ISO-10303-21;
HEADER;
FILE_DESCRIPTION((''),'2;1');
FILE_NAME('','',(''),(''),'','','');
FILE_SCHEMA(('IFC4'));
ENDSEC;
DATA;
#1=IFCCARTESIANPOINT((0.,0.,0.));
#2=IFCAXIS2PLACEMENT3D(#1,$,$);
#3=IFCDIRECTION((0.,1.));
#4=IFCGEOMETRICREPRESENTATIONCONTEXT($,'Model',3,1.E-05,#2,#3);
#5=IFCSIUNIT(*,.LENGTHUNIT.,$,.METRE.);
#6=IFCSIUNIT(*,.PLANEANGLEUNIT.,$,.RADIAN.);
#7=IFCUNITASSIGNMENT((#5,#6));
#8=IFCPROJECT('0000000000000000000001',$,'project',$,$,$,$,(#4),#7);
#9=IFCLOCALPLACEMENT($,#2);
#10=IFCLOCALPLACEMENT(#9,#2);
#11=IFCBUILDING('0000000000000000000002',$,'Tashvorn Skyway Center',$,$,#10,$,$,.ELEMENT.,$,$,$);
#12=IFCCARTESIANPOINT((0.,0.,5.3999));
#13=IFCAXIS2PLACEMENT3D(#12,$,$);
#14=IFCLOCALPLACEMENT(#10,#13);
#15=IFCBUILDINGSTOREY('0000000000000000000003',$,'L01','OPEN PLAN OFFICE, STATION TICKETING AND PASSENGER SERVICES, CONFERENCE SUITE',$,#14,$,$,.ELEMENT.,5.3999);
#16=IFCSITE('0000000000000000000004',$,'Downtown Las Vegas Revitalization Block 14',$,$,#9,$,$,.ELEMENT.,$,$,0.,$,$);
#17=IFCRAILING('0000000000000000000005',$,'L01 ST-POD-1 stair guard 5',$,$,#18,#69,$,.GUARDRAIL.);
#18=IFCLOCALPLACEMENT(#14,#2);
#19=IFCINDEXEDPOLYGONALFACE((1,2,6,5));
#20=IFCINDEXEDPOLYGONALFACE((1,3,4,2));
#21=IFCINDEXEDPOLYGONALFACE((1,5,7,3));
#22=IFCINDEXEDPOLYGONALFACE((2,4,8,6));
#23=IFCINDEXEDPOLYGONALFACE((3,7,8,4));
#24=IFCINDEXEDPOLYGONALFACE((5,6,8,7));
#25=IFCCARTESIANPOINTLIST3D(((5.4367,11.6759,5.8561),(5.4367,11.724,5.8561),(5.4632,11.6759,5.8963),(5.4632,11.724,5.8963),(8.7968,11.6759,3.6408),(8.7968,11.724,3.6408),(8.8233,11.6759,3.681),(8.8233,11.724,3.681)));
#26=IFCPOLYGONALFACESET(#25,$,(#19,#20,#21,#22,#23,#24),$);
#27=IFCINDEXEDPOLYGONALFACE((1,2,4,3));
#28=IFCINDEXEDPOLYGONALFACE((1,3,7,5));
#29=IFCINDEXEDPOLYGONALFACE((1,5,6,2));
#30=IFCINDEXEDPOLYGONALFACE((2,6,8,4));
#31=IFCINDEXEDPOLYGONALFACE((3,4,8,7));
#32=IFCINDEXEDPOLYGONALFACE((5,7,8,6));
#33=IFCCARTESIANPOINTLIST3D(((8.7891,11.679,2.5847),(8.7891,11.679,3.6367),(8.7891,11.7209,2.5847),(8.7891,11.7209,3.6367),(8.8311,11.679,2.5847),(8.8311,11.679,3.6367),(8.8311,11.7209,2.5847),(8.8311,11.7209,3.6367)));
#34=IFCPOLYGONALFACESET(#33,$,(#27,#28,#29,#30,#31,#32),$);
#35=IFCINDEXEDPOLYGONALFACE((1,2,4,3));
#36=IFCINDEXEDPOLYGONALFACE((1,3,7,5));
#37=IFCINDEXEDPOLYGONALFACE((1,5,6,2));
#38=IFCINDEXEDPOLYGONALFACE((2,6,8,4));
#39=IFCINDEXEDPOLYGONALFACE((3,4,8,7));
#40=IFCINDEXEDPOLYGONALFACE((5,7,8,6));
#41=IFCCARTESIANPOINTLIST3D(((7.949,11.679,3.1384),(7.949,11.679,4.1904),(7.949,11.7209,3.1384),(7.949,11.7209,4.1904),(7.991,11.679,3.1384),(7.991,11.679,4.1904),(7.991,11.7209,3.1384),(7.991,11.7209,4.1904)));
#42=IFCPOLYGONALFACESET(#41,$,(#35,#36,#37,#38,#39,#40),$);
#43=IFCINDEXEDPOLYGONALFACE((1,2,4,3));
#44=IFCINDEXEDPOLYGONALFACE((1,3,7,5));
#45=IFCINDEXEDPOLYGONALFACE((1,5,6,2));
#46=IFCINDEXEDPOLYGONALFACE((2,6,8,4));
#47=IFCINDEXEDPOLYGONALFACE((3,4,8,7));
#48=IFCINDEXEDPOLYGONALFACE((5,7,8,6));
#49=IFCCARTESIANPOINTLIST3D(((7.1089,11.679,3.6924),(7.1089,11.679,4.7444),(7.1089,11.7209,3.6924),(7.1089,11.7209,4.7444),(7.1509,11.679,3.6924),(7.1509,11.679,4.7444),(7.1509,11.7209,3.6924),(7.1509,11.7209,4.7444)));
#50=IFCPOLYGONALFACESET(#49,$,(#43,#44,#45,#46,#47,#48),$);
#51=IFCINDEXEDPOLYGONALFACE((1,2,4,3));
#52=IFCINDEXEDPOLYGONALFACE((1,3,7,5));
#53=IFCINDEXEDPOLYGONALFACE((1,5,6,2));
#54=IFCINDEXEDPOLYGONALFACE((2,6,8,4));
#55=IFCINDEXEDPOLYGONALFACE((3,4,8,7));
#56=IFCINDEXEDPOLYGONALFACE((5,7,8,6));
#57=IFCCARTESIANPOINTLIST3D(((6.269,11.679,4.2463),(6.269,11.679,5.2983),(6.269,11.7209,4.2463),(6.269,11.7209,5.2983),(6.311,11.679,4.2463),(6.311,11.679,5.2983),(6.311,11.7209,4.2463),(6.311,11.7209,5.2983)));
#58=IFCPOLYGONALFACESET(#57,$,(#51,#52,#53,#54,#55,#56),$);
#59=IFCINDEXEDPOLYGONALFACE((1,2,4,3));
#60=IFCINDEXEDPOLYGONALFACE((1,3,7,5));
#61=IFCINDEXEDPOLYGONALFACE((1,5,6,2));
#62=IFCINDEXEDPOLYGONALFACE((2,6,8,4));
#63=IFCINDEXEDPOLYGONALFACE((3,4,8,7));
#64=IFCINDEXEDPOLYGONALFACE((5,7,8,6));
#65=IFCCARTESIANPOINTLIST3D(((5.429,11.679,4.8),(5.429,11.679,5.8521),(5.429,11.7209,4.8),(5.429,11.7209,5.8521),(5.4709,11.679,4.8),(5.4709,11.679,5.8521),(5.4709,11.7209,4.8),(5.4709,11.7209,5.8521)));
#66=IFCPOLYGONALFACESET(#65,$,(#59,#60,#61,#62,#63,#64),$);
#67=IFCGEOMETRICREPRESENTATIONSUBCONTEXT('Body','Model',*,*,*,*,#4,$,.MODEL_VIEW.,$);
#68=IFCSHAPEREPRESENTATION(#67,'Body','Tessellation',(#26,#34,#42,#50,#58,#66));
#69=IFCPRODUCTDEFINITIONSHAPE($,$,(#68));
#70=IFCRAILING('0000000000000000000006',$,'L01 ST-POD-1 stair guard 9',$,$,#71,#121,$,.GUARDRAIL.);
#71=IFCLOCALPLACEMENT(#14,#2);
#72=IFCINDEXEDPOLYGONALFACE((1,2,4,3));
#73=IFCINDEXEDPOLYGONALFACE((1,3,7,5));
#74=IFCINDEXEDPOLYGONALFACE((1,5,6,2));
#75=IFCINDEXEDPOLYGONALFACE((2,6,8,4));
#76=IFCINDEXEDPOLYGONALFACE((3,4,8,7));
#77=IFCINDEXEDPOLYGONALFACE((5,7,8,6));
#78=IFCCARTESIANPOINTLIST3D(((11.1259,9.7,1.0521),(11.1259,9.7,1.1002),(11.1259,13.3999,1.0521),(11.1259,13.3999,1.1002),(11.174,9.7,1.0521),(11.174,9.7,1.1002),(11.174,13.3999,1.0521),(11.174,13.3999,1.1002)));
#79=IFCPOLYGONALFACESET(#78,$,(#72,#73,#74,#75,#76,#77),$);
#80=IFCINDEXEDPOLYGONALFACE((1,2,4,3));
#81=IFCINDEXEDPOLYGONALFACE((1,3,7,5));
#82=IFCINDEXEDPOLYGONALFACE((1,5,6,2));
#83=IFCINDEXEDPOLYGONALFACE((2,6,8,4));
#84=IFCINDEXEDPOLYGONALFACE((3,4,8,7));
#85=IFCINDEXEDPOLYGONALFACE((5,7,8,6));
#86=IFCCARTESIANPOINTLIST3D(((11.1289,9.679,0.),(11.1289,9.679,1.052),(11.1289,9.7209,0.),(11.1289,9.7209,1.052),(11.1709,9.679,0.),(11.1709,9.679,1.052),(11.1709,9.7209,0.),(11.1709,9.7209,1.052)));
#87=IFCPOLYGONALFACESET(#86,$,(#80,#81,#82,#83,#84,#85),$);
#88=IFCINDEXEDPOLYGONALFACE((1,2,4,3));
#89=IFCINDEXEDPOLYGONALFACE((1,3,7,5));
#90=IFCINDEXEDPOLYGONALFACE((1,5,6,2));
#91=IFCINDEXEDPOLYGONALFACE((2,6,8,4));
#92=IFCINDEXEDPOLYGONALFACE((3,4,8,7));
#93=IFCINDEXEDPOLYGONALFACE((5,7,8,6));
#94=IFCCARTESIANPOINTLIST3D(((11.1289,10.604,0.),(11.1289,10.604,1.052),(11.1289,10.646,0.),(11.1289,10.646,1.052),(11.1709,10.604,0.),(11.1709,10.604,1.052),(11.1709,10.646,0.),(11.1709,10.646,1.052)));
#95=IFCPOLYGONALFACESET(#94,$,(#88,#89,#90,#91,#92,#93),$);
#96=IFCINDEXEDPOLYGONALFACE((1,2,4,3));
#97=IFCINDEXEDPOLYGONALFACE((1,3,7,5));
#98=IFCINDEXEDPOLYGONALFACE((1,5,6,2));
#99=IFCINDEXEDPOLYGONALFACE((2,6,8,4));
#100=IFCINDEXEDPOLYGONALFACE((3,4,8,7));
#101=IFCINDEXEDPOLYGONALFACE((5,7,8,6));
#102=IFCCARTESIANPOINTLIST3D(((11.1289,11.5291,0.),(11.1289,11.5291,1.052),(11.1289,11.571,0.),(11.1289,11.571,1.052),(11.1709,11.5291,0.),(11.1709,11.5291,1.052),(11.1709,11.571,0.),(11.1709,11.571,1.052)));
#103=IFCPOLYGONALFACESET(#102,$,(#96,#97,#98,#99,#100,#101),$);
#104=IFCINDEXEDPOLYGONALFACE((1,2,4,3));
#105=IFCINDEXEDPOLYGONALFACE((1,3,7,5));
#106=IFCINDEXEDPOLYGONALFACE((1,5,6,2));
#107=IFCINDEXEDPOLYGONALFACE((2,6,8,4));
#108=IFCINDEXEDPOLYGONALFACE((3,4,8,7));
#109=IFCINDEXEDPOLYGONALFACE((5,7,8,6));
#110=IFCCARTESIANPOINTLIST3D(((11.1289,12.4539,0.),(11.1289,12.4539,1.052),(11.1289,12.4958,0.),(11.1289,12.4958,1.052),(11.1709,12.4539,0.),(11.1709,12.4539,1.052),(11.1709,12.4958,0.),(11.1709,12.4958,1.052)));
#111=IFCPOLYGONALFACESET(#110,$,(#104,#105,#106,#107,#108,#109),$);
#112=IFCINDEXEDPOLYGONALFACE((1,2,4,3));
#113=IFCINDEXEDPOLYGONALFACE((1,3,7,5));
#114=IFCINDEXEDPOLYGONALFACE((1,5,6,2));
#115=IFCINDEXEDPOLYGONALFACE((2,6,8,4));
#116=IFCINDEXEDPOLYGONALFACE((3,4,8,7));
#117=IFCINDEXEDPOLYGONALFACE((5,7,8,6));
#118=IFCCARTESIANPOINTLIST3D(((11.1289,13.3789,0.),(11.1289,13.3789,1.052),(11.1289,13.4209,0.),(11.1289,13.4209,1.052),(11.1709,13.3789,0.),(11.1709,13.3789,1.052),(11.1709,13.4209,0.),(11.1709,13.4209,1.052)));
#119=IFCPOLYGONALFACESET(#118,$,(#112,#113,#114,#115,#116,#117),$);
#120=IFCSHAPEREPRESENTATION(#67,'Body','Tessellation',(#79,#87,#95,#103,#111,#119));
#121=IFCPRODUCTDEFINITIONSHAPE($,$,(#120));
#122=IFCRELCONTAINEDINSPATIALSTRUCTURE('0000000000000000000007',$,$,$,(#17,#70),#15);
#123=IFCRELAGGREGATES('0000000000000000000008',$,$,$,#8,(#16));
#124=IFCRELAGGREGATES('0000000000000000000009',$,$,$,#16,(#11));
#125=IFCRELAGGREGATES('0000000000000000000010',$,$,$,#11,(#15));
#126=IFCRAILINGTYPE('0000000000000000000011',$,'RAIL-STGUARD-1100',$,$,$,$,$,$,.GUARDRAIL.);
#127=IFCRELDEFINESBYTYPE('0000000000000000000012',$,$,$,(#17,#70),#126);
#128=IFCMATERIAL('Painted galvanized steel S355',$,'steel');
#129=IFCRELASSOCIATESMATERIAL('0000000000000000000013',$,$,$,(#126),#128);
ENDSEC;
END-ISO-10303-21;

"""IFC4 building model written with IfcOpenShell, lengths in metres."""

from ifc_helpers import new_model, si_unit, direction, frame, origin, origin_2d, place, context, subcontext, project, spatial, rectangle, extrude, material, type_object, element, save


model = new_model("IFC4")

# Units and contexts
model_context = context("Model", 3, precision=1e-05, world=origin(), true_north=direction((0.0, 1.0)))
body_context = subcontext(model_context, "Body", "Model", "MODEL_VIEW")
ifc_project = project(units=[si_unit("LENGTHUNIT", "METRE"), si_unit("PLANEANGLEUNIT", "RADIAN")], contexts=[model_context])

# Site, building, storey
site_placement = place(None, origin())
site = spatial("IfcSite", under=ifc_project, at=site_placement, Name="Downtown Las Vegas Revitalization Block 14", CompositionType="ELEMENT", RefElevation=0.0)
building_placement = place(site_placement, origin())
building = spatial("IfcBuilding", under=site, at=building_placement, Name="Tashvorn Skyway Center", CompositionType="ELEMENT")
storey_placement = place(building_placement, frame((0.0, 0.0, 5.3999)))
storey = spatial("IfcBuildingStorey", under=building, at=storey_placement, Name="L01", Description="OPEN PLAN OFFICE, STATION TICKETING AND PASSENGER SERVICES, CONFERENCE SUITE", CompositionType="ELEMENT", Elevation=5.3999)

# Railings
ifc_material_1 = material(Name="Painted galvanized steel S355", Category="steel")
railing_type_1 = type_object("IfcRailingType", Name="RAIL-STGUARD-1100", PredefinedType="GUARDRAIL", material=ifc_material_1)
railing_1_placement = place(storey_placement, frame((8.8101, 11.7, 2.5847)))
element("IfcRailing", 1, at=railing_1_placement, inside=storey, type_object=railing_type_1, Name="L01 ST-POD-1 stair guard 5", PredefinedType="GUARDRAIL", context=body_context, shape_type="SweptSolid", body=[
    extrude(rectangle(XDim=0.0481, YDim=0.0481, at=origin_2d()), frame((0.0, 0.0, 1.0762), z_axis=(-0.834876, 0.0, 0.550437), x_axis=(0.0, -1.0, 0.0)), (0.0, 0.0, 1.0), 4.0247),
    extrude(rectangle(XDim=0.042, YDim=0.042, at=origin_2d()), origin(), (0.0, 0.0, 1.0), 1.052),
    extrude(rectangle(XDim=0.042, YDim=0.042, at=origin_2d()), frame((-0.8401, 0.0, 0.5537)), (0.0, 0.0, 1.0), 1.052),
    extrude(rectangle(XDim=0.042, YDim=0.042, at=origin_2d()), frame((-1.6802, 0.0, 1.1077)), (0.0, 0.0, 1.0), 1.052),
    extrude(rectangle(XDim=0.042, YDim=0.042, at=origin_2d()), frame((-2.52, 0.0, 1.6616)), (0.0, 0.0, 1.0), 1.052),
    extrude(rectangle(XDim=0.042, YDim=0.042, at=origin_2d()), frame((-3.3601, 0.0, 2.2153)), (0.0, 0.0, 1.0), 1.052),
])
railing_2_placement = place(storey_placement, frame((11.1499, 9.7, 0.0)))
element("IfcRailing", 2, at=railing_2_placement, inside=storey, type_object=railing_type_1, Name="L01 ST-POD-1 stair guard 9", PredefinedType="GUARDRAIL", context=body_context, shape_type="SweptSolid", body=[
    extrude(rectangle(XDim=0.0481, YDim=0.0481, at=origin_2d()), frame((0.0, 0.0, 1.0762), z_axis=(0.0, 1.0, 0.0), x_axis=(-1.0, 0.0, 0.0)), (0.0, 0.0, 1.0), 3.7),
    extrude(rectangle(XDim=0.042, YDim=0.042, at=origin_2d()), origin(), (0.0, 0.0, 1.0), 1.052),
    extrude(rectangle(XDim=0.042, YDim=0.042, at=origin_2d()), frame((0.0, 0.925, 0.0)), (0.0, 0.0, 1.0), 1.052),
    extrude(rectangle(XDim=0.042, YDim=0.042, at=origin_2d()), frame((0.0, 1.8501, 0.0)), (0.0, 0.0, 1.0), 1.052),
    extrude(rectangle(XDim=0.042, YDim=0.042, at=origin_2d()), frame((0.0, 2.7749, 0.0)), (0.0, 0.0, 1.0), 1.052),
    extrude(rectangle(XDim=0.042, YDim=0.042, at=origin_2d()), frame((0.0, 3.7, 0.0)), (0.0, 0.0, 1.0), 1.052),
])

save(model, "model.ifc")
